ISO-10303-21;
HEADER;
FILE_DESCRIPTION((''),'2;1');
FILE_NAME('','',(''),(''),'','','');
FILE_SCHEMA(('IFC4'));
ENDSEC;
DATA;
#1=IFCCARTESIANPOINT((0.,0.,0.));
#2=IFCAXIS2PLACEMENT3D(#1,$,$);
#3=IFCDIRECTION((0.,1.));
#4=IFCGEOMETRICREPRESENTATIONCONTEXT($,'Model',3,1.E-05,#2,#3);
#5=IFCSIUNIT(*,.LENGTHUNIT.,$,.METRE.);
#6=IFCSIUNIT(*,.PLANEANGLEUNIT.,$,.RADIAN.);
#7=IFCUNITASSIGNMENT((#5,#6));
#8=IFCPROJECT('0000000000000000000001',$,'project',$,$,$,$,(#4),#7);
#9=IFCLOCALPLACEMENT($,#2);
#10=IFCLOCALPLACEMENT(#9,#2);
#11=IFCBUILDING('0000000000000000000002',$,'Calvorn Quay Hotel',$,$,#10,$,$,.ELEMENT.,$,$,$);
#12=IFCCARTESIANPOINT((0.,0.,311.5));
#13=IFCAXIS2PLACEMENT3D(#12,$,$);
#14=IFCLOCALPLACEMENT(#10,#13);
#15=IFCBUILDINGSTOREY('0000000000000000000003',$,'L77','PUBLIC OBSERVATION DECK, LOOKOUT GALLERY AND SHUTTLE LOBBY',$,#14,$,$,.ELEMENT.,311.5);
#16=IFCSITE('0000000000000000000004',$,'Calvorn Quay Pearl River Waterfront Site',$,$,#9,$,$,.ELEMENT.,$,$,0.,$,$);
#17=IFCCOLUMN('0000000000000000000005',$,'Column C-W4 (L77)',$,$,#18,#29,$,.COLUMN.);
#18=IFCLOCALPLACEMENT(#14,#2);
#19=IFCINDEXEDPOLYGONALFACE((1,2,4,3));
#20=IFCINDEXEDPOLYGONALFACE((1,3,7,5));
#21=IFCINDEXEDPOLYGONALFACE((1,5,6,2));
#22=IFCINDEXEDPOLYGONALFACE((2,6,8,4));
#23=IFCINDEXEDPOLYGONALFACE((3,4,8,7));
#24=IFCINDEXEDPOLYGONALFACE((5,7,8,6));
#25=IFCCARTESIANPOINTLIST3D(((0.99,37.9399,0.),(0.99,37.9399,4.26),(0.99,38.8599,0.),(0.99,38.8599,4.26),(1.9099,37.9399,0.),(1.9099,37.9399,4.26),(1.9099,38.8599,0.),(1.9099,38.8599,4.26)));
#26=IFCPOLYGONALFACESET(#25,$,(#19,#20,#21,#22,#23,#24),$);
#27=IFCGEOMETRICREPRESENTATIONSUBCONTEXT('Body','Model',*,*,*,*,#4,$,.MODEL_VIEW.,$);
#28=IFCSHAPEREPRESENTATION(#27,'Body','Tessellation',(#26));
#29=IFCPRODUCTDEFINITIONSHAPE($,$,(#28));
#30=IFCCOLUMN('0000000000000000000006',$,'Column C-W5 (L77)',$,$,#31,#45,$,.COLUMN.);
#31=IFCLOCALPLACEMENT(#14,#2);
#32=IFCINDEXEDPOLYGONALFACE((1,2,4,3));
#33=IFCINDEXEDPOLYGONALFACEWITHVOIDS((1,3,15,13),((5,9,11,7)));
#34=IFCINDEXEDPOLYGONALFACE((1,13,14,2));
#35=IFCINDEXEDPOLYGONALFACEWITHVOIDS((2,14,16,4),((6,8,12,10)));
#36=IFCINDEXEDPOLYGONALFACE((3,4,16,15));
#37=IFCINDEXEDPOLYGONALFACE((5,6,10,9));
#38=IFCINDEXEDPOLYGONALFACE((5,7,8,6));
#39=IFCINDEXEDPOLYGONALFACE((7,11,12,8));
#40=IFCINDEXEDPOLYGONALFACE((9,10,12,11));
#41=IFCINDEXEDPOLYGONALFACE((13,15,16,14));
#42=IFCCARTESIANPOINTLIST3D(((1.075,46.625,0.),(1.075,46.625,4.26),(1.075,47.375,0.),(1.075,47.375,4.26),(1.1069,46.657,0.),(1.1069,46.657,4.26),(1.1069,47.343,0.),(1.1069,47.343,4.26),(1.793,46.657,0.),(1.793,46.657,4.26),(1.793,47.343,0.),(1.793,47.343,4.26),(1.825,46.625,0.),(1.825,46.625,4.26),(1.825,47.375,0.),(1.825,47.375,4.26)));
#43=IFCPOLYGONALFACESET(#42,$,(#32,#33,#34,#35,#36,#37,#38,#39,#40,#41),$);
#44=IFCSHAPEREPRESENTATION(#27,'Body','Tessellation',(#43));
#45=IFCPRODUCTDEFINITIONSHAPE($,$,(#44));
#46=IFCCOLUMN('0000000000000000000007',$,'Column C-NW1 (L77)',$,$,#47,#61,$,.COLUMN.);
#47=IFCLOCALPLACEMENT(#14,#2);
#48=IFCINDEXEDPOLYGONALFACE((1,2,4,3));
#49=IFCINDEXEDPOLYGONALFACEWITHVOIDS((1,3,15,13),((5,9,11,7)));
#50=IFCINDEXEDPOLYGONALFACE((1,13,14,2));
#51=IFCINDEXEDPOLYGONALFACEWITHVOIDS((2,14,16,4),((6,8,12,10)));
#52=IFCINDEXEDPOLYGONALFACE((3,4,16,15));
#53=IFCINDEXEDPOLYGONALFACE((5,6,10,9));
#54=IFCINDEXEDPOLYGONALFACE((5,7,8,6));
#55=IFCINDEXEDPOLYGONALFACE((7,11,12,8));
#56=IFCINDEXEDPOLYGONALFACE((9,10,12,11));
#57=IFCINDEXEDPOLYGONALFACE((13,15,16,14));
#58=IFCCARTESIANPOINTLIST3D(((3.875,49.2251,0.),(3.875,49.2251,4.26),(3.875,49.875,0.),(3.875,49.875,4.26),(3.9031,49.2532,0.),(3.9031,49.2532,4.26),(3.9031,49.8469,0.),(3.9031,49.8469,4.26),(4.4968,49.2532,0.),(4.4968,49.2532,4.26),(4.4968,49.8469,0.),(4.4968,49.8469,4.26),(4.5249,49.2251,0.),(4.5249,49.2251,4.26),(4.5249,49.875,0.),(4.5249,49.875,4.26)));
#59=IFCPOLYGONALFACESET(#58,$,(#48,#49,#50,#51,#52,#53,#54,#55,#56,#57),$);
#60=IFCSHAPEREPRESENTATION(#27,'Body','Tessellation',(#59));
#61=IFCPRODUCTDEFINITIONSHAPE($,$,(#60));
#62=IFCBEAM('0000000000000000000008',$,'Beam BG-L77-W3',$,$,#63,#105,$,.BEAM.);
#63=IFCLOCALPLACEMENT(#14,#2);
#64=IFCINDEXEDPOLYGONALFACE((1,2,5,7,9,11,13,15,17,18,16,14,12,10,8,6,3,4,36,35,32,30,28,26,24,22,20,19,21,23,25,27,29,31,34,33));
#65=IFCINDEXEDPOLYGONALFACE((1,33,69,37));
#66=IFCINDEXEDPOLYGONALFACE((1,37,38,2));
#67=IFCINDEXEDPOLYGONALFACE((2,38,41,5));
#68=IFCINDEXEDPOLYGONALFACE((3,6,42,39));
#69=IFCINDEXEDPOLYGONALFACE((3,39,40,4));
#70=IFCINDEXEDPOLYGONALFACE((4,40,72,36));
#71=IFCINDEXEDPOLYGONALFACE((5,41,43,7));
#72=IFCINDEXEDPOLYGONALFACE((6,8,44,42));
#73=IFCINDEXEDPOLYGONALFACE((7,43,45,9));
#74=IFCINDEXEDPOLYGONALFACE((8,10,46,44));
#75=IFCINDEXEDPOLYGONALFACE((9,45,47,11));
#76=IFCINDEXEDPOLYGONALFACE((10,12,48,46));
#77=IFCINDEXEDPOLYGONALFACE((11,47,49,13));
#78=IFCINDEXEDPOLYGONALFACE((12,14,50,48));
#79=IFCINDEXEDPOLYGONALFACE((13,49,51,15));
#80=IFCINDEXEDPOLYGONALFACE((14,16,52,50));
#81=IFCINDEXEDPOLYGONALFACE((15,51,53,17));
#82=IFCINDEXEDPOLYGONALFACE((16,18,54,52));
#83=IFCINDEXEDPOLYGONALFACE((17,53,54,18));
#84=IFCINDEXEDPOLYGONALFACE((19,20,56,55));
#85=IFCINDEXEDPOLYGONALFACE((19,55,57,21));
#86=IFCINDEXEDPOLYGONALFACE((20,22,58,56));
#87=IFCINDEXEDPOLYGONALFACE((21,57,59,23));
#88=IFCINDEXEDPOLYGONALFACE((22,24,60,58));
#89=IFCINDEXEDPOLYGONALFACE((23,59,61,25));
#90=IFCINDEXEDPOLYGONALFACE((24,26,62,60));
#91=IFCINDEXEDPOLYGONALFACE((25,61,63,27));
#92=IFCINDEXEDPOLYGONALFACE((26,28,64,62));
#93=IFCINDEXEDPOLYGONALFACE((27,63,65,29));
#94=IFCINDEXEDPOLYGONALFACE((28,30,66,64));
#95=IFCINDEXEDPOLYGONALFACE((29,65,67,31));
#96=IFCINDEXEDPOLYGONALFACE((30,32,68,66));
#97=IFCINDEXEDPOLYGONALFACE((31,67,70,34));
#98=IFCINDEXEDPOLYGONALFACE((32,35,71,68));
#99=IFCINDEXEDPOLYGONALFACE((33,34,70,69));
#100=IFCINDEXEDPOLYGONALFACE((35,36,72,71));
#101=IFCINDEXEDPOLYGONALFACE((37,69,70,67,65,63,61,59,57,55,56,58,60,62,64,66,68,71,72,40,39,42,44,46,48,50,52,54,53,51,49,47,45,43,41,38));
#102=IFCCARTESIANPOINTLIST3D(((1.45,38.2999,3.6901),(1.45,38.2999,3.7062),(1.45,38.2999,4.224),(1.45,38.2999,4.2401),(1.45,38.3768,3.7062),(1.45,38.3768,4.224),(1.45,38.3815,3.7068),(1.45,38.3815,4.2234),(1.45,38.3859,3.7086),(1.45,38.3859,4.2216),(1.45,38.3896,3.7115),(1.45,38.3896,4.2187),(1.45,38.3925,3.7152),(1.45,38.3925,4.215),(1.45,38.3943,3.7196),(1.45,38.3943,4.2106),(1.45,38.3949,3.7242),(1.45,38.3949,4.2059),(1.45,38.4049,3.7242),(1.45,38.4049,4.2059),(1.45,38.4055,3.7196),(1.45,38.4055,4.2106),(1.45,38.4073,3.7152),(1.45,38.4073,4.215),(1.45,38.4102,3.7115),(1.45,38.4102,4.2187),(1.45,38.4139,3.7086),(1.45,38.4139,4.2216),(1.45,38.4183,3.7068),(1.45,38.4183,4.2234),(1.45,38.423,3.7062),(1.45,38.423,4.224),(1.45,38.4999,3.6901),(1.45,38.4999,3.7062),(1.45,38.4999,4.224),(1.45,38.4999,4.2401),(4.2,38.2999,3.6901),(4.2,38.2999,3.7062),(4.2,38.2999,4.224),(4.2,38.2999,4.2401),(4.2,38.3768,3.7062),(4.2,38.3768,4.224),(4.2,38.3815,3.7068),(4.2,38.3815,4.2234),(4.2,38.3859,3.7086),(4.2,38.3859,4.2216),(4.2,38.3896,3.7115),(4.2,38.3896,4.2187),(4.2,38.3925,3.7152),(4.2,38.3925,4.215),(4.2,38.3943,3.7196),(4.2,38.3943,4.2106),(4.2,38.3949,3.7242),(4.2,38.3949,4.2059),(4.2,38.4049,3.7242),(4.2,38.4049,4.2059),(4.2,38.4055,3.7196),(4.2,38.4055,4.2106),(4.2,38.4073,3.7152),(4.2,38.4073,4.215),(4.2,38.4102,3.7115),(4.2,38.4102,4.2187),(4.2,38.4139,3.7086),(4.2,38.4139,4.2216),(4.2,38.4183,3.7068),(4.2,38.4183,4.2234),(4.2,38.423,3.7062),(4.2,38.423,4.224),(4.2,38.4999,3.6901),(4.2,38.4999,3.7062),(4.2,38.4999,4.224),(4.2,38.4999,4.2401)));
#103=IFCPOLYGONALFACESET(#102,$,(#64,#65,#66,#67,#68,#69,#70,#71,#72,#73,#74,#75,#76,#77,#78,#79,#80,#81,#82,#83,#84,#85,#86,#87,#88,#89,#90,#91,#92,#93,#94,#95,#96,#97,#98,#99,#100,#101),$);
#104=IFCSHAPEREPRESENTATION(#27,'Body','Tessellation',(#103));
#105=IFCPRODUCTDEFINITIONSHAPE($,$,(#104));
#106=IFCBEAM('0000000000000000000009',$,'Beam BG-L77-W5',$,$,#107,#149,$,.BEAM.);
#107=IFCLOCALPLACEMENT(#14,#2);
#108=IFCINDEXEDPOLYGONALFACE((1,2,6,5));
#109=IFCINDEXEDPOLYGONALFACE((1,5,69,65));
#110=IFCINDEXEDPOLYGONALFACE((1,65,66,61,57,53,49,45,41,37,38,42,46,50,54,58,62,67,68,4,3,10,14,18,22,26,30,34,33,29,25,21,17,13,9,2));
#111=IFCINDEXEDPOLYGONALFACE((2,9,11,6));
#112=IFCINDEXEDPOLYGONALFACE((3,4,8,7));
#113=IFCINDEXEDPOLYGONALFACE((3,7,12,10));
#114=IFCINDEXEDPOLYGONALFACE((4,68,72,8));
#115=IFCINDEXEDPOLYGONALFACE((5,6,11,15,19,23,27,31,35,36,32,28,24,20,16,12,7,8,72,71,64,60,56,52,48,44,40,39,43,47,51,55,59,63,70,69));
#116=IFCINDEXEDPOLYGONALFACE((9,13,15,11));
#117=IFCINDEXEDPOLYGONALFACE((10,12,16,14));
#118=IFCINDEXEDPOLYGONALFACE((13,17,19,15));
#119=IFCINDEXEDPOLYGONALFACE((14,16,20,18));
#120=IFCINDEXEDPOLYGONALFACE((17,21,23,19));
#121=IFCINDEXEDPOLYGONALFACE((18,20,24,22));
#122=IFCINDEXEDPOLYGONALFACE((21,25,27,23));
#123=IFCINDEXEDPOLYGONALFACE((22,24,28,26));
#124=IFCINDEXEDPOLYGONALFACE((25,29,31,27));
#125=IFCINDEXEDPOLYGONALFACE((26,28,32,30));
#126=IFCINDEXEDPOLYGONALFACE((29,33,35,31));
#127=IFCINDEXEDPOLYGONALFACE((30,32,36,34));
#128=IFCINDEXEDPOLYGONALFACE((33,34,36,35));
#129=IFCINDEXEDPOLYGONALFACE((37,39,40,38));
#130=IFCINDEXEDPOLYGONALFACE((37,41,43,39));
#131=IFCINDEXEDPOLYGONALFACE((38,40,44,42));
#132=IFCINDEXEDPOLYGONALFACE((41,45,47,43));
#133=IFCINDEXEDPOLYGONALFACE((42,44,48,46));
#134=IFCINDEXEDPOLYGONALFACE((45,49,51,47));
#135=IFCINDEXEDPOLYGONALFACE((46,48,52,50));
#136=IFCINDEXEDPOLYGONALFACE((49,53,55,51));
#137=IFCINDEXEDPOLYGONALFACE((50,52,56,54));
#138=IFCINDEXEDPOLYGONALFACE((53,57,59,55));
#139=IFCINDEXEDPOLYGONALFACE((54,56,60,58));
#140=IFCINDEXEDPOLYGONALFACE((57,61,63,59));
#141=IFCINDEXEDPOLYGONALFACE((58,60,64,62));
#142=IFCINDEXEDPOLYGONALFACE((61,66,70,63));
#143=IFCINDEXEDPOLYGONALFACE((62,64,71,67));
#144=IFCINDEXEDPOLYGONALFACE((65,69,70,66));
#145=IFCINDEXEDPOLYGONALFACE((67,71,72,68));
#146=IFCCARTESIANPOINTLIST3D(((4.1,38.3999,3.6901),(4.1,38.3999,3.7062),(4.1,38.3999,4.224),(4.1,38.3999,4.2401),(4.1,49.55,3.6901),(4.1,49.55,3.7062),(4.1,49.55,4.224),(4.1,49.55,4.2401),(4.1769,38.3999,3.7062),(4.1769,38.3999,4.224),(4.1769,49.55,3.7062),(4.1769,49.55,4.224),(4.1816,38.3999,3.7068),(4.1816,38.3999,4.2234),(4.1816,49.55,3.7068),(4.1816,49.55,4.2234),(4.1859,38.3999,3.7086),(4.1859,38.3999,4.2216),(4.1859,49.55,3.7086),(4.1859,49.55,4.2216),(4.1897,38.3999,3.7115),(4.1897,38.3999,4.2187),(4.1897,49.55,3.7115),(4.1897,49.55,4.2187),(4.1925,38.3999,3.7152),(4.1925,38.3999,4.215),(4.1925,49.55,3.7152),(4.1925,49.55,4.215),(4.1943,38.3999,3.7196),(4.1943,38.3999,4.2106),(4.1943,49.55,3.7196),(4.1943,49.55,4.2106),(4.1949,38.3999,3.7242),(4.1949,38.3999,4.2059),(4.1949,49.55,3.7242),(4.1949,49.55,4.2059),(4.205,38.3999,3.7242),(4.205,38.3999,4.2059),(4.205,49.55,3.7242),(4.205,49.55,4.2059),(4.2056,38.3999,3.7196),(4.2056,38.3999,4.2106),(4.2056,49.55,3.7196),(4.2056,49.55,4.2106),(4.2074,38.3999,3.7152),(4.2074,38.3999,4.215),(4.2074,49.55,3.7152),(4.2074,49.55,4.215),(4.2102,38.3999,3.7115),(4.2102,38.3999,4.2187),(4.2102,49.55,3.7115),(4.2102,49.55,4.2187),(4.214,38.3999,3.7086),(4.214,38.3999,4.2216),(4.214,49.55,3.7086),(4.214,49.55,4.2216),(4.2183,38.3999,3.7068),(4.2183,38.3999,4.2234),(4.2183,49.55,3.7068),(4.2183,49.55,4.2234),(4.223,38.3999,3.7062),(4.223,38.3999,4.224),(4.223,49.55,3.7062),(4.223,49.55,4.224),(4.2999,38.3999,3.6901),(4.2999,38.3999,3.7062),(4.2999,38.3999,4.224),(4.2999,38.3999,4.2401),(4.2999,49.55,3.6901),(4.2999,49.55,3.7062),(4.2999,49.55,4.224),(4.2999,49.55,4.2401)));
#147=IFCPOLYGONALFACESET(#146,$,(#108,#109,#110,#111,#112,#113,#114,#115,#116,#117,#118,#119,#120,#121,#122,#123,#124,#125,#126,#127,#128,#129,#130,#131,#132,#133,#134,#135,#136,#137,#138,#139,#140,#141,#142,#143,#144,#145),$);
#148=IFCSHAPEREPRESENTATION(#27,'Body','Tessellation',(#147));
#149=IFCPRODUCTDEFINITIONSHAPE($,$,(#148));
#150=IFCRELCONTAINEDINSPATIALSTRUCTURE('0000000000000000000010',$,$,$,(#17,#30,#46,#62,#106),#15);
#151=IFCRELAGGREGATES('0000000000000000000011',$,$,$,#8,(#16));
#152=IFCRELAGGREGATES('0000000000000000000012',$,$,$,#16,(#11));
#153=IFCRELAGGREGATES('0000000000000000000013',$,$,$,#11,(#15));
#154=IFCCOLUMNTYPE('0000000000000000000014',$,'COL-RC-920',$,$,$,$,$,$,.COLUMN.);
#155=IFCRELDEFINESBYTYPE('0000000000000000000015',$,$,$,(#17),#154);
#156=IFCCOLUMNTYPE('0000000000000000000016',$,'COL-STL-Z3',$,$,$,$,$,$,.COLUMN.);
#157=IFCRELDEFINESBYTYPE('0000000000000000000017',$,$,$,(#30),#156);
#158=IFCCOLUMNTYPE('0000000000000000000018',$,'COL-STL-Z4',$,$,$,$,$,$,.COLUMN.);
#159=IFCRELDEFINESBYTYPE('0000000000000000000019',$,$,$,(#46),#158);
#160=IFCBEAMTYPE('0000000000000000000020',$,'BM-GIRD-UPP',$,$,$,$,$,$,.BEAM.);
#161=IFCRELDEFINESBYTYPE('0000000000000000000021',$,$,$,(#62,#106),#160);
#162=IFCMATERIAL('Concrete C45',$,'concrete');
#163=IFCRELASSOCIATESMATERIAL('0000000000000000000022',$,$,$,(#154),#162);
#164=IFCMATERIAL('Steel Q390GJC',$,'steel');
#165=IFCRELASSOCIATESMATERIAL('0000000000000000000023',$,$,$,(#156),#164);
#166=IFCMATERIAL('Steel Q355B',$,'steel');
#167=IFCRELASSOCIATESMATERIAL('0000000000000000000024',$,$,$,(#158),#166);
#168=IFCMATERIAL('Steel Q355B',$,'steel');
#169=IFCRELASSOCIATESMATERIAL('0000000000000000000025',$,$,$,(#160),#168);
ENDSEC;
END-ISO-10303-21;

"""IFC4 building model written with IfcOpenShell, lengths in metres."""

from ifc_helpers import new_model, si_unit, direction, frame, origin, origin_2d, place, context, subcontext, project, spatial, rectangle, hollow_rectangle, i_section, extrude, material, material_profile, profile_set, type_object, element, save


model = new_model("IFC4")

# Units and contexts
model_context = context("Model", 3, precision=1e-05, world=origin(), true_north=direction((0.0, 1.0)))
body_context = subcontext(model_context, "Body", "Model", "MODEL_VIEW")
ifc_project = project(units=[si_unit("LENGTHUNIT", "METRE"), si_unit("PLANEANGLEUNIT", "RADIAN")], contexts=[model_context])

# Site, building, storey
site_placement = place(None, origin())
site = spatial("IfcSite", under=ifc_project, at=site_placement, Name="Calvorn Quay Pearl River Waterfront Site", CompositionType="ELEMENT", RefElevation=0.0)
building_placement = place(site_placement, origin())
building = spatial("IfcBuilding", under=site, at=building_placement, Name="Calvorn Quay Hotel", CompositionType="ELEMENT")
storey_placement = place(building_placement, frame((0.0, 0.0, 311.5)))
storey = spatial("IfcBuildingStorey", under=building, at=storey_placement, Name="L77", Description="PUBLIC OBSERVATION DECK, LOOKOUT GALLERY AND SHUTTLE LOBBY", CompositionType="ELEMENT", Elevation=311.5)

# Columns
ifc_material_1 = material(Name="Concrete C45", Category="concrete")
ifc_material_profile_1 = material_profile(ifc_material_1, rectangle(XDim=0.9199, YDim=0.9199, at=origin_2d()), Name="RC920x920")
ifc_profile_set_1 = profile_set([ifc_material_profile_1], Name="Concrete C45")
column_type_1 = type_object("IfcColumnType", Name="COL-RC-920", PredefinedType="COLUMN", material=ifc_profile_set_1)
column_1_placement = place(storey_placement, frame((1.45, 38.3999, 0.0), z_axis=(0.0, 0.0, 1.0), x_axis=(1.0, 0.0, 0.0)))
element("IfcColumn", 1, at=column_1_placement, inside=storey, type_object=column_type_1, Name="Column C-W4 (L77)", PredefinedType="COLUMN", context=body_context, shape_type="SweptSolid", body=[
    extrude(rectangle(XDim=0.9199, YDim=0.9199, at=origin_2d()), origin(), (0.0, 0.0, 1.0), 4.26),
])
ifc_material_2 = material(Name="Steel Q390GJC", Category="steel")
ifc_material_profile_2 = material_profile(ifc_material_2, hollow_rectangle(XDim=0.75, YDim=0.75, WallThickness=0.032, at=origin_2d()), Name="BOX750x750x32")
ifc_profile_set_2 = profile_set([ifc_material_profile_2], Name="Steel Q390GJC")
column_type_2 = type_object("IfcColumnType", Name="COL-STL-Z3", PredefinedType="COLUMN", material=ifc_profile_set_2)
column_2_placement = place(storey_placement, frame((1.45, 47.0, 0.0), z_axis=(0.0, 0.0, 1.0), x_axis=(1.0, 0.0, 0.0)))
element("IfcColumn", 2, at=column_2_placement, inside=storey, type_object=column_type_2, Name="Column C-W5 (L77)", PredefinedType="COLUMN", context=body_context, shape_type="SweptSolid", body=[
    extrude(hollow_rectangle(XDim=0.75, YDim=0.75, WallThickness=0.032, at=origin_2d()), origin(), (0.0, 0.0, 1.0), 4.26),
])
ifc_material_3 = material(Name="Steel Q355B", Category="steel")
ifc_material_profile_3 = material_profile(ifc_material_3, hollow_rectangle(XDim=0.6499, YDim=0.6499, WallThickness=0.0281, at=origin_2d()), Name="BOX650x650x28")
ifc_profile_set_3 = profile_set([ifc_material_profile_3], Name="Steel Q355B")
column_type_3 = type_object("IfcColumnType", Name="COL-STL-Z4", PredefinedType="COLUMN", material=ifc_profile_set_3)
column_3_placement = place(storey_placement, frame((4.2, 49.55, 0.0), z_axis=(0.0, 0.0, 1.0), x_axis=(1.0, 0.0, 0.0)))
element("IfcColumn", 3, at=column_3_placement, inside=storey, type_object=column_type_3, Name="Column C-NW1 (L77)", PredefinedType="COLUMN", context=body_context, shape_type="SweptSolid", body=[
    extrude(hollow_rectangle(XDim=0.6499, YDim=0.6499, WallThickness=0.0281, at=origin_2d()), origin(), (0.0, 0.0, 1.0), 4.26),
])

# Beams
ifc_material_4 = material(Name="Steel Q355B", Category="steel")
ifc_material_profile_4 = material_profile(ifc_material_4, i_section(OverallWidth=0.2, OverallDepth=0.55, WebThickness=0.01, FlangeThickness=0.0161, FilletRadius=0.0181, at=origin_2d()), Name="HN550x200x10x16")
ifc_profile_set_4 = profile_set([ifc_material_profile_4], Name="Steel Q355B")
beam_type_1 = type_object("IfcBeamType", Name="BM-GIRD-UPP", PredefinedType="BEAM", material=ifc_profile_set_4)
beam_1_placement = place(storey_placement, frame((1.45, 38.3999, 3.9651), z_axis=(1.0, 0.0, 0.0), x_axis=(0.0, 1.0, 0.0)))
element("IfcBeam", 4, at=beam_1_placement, inside=storey, type_object=beam_type_1, Name="Beam BG-L77-W3", PredefinedType="BEAM", context=body_context, shape_type="SweptSolid", body=[
    extrude(i_section(OverallWidth=0.2, OverallDepth=0.55, WebThickness=0.01, FlangeThickness=0.0161, FilletRadius=0.0181, at=origin_2d()), origin(), (0.0, 0.0, 1.0), 2.75),
])
beam_2_placement = place(storey_placement, frame((4.2, 49.55, 3.9651), z_axis=(0.0, -1.0, 0.0), x_axis=(1.0, 0.0, 0.0)))
element("IfcBeam", 5, at=beam_2_placement, inside=storey, type_object=beam_type_1, Name="Beam BG-L77-W5", PredefinedType="BEAM", context=body_context, shape_type="SweptSolid", body=[
    extrude(i_section(OverallWidth=0.2, OverallDepth=0.55, WebThickness=0.01, FlangeThickness=0.0161, FilletRadius=0.0181, at=origin_2d()), origin(), (0.0, 0.0, 1.0), 11.1501),
])

save(model, "model.ifc")
